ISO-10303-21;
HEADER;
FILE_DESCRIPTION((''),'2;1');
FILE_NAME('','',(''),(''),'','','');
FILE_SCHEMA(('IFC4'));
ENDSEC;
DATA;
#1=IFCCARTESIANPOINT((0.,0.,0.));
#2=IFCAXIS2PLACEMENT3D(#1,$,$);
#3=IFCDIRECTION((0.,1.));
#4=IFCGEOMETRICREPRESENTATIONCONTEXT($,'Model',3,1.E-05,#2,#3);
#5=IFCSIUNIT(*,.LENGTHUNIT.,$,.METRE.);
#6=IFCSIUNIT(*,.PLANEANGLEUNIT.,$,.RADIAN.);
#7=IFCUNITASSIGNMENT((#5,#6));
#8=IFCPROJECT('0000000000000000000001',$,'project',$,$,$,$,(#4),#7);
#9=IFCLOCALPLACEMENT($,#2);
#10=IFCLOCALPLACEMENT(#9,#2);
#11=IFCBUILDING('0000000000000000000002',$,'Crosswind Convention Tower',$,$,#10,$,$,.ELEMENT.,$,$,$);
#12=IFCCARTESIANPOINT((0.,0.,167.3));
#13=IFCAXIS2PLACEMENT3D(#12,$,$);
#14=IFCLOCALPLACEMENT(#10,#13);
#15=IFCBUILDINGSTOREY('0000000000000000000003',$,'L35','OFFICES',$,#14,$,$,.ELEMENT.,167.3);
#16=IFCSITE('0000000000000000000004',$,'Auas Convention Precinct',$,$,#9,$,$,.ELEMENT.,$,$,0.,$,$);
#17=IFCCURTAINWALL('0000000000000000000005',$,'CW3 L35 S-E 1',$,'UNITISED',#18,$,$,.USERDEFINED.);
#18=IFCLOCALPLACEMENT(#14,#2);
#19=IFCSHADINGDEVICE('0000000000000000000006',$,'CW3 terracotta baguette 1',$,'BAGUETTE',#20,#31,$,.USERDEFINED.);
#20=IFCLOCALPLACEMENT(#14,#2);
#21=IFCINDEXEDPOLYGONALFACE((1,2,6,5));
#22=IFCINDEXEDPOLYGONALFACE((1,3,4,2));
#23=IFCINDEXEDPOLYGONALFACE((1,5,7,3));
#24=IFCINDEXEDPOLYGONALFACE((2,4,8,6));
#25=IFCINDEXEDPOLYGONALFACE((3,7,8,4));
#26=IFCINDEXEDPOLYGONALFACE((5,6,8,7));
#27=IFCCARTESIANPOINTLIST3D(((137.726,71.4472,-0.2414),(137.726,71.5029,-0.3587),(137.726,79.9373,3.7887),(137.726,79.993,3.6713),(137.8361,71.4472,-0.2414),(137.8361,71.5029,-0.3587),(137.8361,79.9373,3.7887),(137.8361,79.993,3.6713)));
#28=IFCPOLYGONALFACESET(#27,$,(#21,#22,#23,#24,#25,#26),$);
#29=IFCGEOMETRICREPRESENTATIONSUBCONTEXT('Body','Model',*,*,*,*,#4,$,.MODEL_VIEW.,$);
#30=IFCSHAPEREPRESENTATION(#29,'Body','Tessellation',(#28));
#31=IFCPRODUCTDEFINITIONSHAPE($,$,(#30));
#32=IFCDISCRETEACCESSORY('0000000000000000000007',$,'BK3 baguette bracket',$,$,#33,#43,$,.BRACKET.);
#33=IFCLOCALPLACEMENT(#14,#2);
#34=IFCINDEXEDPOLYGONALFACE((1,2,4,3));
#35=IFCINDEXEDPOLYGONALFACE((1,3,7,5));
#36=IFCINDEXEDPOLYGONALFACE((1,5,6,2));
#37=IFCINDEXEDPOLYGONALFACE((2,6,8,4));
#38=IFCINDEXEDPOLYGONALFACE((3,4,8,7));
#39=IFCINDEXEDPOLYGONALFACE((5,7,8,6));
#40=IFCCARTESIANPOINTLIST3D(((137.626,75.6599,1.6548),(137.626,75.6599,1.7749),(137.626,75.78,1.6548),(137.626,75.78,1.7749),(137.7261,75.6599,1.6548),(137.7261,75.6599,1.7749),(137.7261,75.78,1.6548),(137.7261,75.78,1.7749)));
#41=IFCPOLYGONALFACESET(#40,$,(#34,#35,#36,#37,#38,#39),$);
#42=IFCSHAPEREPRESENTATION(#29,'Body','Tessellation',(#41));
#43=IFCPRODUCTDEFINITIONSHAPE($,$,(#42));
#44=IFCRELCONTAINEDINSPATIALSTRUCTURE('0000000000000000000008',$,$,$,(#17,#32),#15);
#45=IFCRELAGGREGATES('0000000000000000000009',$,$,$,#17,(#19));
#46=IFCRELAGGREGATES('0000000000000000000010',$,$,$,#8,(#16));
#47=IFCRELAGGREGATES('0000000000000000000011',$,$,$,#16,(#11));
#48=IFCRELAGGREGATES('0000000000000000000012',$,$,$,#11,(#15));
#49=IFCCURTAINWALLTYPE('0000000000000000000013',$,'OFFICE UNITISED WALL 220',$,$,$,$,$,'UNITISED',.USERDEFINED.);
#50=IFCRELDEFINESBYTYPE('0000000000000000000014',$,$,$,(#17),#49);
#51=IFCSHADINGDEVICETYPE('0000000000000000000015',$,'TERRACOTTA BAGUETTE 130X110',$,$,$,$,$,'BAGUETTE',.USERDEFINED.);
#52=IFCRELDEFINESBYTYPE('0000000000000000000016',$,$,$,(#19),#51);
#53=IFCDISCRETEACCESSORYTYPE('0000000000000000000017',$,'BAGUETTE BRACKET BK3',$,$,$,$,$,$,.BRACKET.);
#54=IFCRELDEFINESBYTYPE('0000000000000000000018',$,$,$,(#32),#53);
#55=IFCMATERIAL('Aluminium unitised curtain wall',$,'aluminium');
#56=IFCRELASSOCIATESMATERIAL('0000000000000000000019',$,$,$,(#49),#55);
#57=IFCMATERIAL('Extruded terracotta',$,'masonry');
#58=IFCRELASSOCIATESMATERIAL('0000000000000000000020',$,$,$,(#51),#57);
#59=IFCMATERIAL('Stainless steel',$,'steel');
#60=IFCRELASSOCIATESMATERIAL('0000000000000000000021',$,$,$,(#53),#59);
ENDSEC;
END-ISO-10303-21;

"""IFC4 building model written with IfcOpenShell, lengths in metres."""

from ifc_helpers import new_model, si_unit, direction, frame, origin, origin_2d, place, context, subcontext, project, spatial, rectangle, extrude, material, material_profile, profile_set, type_object, element, aggregate, save


model = new_model("IFC4")

# Units and contexts
model_context = context("Model", 3, precision=1e-05, world=origin(), true_north=direction((0.0, 1.0)))
body_context = subcontext(model_context, "Body", "Model", "MODEL_VIEW")
ifc_project = project(units=[si_unit("LENGTHUNIT", "METRE"), si_unit("PLANEANGLEUNIT", "RADIAN")], contexts=[model_context])

# Site, building, storey
site_placement = place(None, origin())
site = spatial("IfcSite", under=ifc_project, at=site_placement, Name="Auas Convention Precinct", CompositionType="ELEMENT", RefElevation=0.0)
building_placement = place(site_placement, origin())
building = spatial("IfcBuilding", under=site, at=building_placement, Name="Crosswind Convention Tower", CompositionType="ELEMENT")
storey_placement = place(building_placement, frame((0.0, 0.0, 167.3)))
storey = spatial("IfcBuildingStorey", under=building, at=storey_placement, Name="L35", Description="OFFICES", CompositionType="ELEMENT", Elevation=167.3)

# Shared definitions
ifc_material_1 = material(Name="Aluminium unitised curtain wall", Category="aluminium")

# Curtain wall
curtain_wall_type_1 = type_object("IfcCurtainWallType", Name="OFFICE UNITISED WALL 220", ElementType="UNITISED", PredefinedType="USERDEFINED", material=ifc_material_1)
curtain_wall_1_placement = place(storey_placement, origin())
curtain_wall_1 = element("IfcCurtainWall", 1, at=curtain_wall_1_placement, inside=storey, type_object=curtain_wall_type_1, Name="CW3 L35 S-E 1", ObjectType="UNITISED", PredefinedType="USERDEFINED")

# Shading device
ifc_material_2 = material(Name="Extruded terracotta", Category="masonry")
ifc_material_profile_1 = material_profile(ifc_material_2, rectangle(XDim=0.1101, YDim=0.1299, at=origin_2d()), Name="TC 110X130")
ifc_profile_set_1 = profile_set([ifc_material_profile_1], Name="Extruded terracotta")
shading_device_type = type_object("IfcShadingDeviceType", Name="TERRACOTTA BAGUETTE 130X110", ElementType="BAGUETTE", PredefinedType="USERDEFINED", material=ifc_profile_set_1)
shading_device_1_placement = place(storey_placement, frame((137.781, 71.4751, -0.3), z_axis=(0.0, 0.903389, 0.428821), x_axis=(-1.0, 0.0, 0.0)))
shading_device_1 = element("IfcShadingDevice", 2, at=shading_device_1_placement, type_object=shading_device_type, Name="CW3 terracotta baguette 1", ObjectType="BAGUETTE", PredefinedType="USERDEFINED", context=body_context, shape_type="SweptSolid", body=[
    extrude(rectangle(XDim=0.1101, YDim=0.1299, at=origin_2d()), origin(), (0.0, 0.0, 1.0), 9.3979),
])
aggregate(curtain_wall_1, [shading_device_1])

# Discrete accessory
ifc_material_3 = material(Name="Stainless steel", Category="steel")
discrete_accessory_type = type_object("IfcDiscreteAccessoryType", Name="BAGUETTE BRACKET BK3", PredefinedType="BRACKET", material=ifc_material_3)
discrete_accessory_placement = place(storey_placement, frame((137.676, 75.72, 1.6548), z_axis=(0.0, 0.0, 1.0), x_axis=(0.0, 1.0, 0.0)))
element("IfcDiscreteAccessory", 3, at=discrete_accessory_placement, inside=storey, type_object=discrete_accessory_type, Name="BK3 baguette bracket", PredefinedType="BRACKET", context=body_context, shape_type="SweptSolid", body=[
    extrude(rectangle(XDim=0.1201, YDim=0.1001, at=origin_2d()), origin(), (0.0, 0.0, 1.0), 0.1201),
])

save(model, "model.ifc")
